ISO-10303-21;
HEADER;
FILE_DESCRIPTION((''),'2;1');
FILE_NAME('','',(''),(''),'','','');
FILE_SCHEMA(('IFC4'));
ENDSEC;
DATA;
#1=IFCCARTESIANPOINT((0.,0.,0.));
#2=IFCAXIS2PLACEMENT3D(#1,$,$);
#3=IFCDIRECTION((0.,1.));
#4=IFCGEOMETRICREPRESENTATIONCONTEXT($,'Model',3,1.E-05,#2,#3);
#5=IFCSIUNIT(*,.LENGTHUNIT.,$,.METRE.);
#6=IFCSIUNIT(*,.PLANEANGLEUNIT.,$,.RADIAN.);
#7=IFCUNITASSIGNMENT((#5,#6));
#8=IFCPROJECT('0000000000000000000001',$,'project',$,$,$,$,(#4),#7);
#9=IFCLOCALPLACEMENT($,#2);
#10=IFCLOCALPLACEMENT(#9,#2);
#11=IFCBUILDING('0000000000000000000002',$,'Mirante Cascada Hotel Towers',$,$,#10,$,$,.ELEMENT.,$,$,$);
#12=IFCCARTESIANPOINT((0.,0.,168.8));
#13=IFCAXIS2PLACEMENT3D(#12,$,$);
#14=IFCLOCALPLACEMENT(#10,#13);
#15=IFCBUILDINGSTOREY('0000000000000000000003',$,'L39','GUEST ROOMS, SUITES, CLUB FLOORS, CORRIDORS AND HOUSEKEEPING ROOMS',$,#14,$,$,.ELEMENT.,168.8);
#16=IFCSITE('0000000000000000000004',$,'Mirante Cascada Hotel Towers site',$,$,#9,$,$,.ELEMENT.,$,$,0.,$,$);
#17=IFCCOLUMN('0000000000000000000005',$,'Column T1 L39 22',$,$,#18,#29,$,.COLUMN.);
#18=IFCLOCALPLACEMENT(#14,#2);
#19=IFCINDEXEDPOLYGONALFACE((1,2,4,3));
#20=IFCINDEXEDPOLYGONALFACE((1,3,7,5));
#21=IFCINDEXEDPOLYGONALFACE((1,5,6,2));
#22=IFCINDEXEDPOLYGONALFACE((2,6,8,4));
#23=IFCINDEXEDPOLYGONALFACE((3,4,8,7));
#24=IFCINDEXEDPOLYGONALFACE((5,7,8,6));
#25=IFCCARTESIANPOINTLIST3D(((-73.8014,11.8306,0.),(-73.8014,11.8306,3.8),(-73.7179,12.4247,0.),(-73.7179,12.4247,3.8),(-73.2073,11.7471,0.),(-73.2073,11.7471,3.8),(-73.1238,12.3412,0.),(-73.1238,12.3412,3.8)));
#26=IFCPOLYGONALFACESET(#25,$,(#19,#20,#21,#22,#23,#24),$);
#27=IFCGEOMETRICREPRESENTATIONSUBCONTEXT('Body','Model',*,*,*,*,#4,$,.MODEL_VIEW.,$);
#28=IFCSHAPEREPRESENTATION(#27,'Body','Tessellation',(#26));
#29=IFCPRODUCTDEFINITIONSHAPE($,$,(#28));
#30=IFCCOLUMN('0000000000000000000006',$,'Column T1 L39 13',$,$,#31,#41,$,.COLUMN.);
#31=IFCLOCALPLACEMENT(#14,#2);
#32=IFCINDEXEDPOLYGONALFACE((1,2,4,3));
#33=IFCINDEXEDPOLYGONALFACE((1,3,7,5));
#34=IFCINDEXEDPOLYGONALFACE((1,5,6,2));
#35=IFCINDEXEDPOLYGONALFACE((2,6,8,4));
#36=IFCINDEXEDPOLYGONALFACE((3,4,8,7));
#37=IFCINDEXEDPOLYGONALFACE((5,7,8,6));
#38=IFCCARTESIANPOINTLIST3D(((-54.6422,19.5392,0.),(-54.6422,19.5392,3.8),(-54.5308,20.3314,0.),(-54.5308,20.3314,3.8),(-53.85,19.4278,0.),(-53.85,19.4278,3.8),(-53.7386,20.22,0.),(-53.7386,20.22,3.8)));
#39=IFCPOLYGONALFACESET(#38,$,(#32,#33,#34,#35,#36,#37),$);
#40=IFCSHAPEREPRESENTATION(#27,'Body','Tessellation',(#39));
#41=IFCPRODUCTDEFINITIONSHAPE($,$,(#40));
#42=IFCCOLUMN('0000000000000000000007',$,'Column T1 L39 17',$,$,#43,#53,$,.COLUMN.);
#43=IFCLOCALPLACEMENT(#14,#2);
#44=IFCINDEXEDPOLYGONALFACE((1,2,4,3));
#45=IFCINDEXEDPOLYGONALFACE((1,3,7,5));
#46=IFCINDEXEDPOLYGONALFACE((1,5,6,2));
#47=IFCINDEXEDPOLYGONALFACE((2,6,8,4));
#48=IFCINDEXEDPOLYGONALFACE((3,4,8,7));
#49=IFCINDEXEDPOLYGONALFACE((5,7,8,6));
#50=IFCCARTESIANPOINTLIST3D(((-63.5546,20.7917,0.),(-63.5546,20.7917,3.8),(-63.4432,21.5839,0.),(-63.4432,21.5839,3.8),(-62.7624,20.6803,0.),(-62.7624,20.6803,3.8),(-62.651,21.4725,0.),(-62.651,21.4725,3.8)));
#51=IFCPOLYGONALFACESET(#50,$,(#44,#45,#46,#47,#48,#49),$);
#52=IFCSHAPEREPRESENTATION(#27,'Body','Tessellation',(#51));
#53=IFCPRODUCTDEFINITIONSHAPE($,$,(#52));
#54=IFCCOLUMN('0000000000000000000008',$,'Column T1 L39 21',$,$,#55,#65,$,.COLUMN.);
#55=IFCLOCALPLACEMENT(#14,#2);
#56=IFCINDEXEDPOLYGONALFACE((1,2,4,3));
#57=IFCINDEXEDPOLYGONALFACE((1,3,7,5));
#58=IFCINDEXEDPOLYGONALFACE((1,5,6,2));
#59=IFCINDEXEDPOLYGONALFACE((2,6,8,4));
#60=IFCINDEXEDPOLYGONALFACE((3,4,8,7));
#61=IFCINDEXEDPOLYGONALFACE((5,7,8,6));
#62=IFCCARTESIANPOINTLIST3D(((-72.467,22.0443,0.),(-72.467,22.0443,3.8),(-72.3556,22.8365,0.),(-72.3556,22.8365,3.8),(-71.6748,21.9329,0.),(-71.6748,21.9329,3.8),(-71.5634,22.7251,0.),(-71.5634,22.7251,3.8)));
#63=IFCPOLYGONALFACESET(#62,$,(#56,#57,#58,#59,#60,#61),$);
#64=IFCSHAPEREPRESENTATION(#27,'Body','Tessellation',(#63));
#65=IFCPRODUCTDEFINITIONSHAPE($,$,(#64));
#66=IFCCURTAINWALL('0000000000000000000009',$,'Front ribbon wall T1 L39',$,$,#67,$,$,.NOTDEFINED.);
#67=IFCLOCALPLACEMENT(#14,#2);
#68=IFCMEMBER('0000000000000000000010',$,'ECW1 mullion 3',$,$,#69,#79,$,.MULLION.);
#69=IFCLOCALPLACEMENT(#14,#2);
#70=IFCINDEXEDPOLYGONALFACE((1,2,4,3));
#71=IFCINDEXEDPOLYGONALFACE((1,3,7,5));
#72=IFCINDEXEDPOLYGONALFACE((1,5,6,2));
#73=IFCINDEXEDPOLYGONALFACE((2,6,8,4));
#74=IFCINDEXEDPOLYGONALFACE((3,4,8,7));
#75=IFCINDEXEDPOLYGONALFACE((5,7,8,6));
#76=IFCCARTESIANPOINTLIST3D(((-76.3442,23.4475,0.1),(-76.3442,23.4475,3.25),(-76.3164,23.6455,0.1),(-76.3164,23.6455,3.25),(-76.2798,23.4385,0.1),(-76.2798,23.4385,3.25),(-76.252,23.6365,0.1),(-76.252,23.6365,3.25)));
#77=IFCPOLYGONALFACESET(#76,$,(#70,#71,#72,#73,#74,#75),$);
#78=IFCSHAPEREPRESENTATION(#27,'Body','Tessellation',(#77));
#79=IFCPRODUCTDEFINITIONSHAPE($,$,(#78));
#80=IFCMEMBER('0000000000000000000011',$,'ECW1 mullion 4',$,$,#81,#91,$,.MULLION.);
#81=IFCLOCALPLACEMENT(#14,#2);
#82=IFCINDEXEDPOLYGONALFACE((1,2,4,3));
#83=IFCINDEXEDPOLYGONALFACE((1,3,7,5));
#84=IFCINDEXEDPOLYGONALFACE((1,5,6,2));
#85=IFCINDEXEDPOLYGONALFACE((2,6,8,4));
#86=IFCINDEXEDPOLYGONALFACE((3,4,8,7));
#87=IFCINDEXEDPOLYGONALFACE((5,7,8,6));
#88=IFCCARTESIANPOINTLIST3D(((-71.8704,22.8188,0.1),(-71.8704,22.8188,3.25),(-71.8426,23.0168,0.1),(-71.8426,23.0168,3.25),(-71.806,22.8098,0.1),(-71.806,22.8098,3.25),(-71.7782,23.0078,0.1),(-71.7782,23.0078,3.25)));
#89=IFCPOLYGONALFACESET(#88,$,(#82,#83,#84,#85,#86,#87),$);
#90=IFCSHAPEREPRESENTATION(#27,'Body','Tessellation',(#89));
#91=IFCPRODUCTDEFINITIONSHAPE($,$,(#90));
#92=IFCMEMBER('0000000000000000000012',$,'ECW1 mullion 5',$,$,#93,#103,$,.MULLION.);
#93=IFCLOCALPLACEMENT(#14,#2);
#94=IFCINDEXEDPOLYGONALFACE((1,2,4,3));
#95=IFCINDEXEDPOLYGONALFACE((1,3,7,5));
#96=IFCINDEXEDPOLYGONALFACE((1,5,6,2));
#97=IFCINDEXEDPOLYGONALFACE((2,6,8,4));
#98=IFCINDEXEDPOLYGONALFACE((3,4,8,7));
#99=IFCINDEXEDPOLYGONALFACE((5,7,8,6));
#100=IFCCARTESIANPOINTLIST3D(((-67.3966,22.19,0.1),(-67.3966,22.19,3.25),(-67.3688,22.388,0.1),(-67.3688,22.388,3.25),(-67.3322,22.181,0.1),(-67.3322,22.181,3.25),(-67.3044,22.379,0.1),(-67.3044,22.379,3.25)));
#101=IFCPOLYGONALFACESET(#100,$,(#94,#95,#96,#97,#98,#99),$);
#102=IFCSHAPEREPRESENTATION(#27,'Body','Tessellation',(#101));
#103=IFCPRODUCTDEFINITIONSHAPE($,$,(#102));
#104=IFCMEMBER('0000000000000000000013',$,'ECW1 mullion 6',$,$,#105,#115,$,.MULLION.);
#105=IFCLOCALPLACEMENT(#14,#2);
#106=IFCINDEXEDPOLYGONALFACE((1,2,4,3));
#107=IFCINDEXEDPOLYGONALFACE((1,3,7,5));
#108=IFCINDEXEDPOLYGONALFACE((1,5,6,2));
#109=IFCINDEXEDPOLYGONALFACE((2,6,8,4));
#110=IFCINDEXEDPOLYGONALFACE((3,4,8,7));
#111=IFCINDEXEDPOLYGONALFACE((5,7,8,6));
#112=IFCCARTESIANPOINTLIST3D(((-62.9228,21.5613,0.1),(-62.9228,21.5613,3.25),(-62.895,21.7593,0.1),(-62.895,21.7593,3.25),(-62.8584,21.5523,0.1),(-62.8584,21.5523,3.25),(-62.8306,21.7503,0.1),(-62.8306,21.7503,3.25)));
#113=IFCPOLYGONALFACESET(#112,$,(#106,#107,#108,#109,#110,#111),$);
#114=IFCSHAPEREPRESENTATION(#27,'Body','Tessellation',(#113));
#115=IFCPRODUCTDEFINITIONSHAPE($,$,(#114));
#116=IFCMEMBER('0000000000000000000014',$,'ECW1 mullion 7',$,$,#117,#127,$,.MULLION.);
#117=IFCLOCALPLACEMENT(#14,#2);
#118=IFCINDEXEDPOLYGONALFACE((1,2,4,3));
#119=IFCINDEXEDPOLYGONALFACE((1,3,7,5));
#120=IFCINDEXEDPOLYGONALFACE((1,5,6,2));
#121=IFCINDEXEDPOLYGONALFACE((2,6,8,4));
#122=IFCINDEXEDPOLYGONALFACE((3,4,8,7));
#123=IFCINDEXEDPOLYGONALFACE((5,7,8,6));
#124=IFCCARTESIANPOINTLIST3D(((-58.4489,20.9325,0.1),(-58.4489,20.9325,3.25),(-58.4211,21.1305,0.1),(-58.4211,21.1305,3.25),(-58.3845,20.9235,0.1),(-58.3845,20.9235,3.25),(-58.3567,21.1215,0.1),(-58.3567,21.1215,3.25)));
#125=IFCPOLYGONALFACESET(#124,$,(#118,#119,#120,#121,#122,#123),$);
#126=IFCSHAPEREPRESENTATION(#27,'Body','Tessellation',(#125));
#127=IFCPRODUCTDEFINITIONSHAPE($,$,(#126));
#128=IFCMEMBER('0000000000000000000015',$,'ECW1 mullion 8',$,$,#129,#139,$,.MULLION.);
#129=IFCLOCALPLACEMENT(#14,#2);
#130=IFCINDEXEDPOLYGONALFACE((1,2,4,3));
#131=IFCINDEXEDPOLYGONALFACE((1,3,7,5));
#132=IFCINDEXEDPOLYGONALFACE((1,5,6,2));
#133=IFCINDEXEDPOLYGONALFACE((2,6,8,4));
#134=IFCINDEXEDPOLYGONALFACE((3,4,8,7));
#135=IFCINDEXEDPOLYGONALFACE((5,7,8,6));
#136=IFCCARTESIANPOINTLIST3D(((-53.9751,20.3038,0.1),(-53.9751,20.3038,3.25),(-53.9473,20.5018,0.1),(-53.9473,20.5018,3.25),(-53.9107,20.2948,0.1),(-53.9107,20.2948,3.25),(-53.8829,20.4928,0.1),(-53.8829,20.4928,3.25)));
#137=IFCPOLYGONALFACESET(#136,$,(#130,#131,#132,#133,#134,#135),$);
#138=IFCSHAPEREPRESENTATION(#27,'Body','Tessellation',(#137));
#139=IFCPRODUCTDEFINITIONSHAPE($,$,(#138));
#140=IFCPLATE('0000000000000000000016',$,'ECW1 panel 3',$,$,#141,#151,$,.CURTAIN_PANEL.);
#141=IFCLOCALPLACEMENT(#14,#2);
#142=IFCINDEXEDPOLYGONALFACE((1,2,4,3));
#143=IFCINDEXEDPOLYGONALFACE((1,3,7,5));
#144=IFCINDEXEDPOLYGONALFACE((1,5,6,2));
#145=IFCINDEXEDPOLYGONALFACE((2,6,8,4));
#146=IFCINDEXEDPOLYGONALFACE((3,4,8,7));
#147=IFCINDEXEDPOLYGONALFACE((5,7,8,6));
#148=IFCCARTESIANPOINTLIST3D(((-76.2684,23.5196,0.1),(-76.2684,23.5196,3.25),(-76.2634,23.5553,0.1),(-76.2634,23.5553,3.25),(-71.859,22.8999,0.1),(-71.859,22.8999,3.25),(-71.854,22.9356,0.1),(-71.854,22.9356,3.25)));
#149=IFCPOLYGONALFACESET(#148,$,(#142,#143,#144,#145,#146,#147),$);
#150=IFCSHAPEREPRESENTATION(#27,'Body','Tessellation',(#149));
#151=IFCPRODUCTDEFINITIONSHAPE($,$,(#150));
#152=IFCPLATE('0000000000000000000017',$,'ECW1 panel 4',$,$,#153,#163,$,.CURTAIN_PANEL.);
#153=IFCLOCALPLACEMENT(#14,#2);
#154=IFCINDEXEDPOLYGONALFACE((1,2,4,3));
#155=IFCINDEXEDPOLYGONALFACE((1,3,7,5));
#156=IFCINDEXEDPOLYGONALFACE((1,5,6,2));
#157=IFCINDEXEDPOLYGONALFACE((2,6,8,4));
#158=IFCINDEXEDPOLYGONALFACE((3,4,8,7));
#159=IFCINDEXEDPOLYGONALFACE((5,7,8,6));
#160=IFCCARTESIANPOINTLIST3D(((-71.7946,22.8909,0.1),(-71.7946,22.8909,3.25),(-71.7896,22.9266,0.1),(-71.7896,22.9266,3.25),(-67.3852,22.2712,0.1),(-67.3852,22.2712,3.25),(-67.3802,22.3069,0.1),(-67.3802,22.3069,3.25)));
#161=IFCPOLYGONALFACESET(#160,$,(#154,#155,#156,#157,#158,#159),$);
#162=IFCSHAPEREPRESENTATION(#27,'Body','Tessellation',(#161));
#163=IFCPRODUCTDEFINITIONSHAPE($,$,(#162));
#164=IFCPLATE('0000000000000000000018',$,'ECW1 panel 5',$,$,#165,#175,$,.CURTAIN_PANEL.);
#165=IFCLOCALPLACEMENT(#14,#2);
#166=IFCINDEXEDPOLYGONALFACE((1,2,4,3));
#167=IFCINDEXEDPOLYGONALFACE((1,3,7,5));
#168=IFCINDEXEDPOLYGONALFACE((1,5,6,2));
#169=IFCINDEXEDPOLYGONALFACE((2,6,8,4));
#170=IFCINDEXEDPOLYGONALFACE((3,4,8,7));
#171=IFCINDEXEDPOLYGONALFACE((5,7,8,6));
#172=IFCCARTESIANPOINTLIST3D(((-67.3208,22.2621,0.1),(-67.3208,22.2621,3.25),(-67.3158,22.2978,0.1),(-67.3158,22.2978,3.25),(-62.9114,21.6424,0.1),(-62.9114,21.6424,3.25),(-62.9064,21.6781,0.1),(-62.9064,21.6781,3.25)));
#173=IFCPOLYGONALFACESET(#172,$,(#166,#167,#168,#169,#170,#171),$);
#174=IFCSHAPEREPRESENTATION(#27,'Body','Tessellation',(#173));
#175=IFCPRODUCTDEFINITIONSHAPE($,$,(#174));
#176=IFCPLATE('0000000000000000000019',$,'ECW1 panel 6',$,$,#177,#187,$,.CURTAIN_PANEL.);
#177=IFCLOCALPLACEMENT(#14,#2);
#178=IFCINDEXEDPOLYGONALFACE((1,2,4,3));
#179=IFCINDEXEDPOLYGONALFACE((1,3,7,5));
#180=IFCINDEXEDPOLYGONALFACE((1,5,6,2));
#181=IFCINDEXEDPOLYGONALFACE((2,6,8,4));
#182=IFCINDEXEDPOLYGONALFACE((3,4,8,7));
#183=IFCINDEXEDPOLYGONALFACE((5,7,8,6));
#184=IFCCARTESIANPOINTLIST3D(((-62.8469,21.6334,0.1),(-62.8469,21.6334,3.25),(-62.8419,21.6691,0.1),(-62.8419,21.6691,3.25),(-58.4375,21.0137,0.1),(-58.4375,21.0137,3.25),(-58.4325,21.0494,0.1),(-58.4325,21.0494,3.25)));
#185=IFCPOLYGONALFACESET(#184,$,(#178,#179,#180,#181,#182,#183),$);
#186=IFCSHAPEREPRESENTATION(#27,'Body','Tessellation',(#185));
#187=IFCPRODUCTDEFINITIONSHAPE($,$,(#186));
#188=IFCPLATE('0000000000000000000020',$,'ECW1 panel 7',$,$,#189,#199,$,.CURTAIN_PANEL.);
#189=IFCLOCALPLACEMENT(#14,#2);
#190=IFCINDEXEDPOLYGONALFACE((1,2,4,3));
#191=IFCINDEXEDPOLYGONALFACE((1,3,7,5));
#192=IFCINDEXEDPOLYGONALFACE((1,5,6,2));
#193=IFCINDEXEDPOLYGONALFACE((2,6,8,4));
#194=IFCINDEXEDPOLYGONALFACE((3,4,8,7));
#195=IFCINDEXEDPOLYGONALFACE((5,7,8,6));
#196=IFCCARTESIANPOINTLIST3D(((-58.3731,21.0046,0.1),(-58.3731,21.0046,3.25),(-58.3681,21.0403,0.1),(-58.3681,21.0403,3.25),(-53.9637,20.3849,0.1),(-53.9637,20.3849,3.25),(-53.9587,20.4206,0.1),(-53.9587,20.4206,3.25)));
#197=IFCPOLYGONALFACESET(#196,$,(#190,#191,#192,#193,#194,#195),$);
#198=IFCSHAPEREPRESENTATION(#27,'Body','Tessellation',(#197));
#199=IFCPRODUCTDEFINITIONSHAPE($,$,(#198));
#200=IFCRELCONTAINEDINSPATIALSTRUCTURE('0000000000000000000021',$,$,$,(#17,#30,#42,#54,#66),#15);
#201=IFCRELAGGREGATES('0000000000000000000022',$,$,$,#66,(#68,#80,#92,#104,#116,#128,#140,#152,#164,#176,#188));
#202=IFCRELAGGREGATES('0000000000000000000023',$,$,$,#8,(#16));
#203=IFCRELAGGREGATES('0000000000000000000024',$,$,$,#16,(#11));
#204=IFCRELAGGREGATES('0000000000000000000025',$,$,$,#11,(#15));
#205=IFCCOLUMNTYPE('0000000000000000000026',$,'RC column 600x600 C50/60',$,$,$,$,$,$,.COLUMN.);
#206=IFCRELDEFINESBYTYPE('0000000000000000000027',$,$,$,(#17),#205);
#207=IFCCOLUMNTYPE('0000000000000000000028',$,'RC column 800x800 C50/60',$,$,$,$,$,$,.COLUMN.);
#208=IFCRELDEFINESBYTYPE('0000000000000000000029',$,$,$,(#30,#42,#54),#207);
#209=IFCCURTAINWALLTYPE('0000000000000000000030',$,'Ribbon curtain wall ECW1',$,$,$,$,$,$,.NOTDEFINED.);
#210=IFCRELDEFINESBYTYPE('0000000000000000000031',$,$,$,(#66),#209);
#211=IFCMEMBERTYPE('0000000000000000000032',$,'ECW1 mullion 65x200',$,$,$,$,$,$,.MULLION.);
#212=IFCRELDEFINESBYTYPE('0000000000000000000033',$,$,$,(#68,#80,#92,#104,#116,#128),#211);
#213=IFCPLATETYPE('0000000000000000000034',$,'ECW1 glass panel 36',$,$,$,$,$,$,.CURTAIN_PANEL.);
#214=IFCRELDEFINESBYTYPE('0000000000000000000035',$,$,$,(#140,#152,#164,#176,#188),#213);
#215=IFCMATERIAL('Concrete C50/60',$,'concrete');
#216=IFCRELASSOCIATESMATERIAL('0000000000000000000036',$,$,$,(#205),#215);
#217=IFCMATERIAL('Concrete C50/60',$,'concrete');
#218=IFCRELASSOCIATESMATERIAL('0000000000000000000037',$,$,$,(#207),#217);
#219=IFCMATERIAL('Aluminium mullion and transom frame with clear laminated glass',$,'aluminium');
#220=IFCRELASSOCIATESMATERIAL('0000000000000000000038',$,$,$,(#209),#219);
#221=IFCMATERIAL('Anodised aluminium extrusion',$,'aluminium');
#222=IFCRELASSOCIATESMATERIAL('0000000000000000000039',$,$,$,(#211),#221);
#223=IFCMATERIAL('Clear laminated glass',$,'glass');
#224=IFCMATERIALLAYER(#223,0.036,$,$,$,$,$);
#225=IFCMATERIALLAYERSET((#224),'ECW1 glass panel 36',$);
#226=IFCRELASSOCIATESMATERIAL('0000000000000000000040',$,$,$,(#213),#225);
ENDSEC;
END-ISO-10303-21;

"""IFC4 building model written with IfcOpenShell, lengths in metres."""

from ifc_helpers import new_model, si_unit, direction, frame, origin, origin_2d, place, context, subcontext, project, spatial, rectangle, extrude, material, layer, layer_set, material_profile, profile_set, type_object, element, aggregate, save


model = new_model("IFC4")

# Units and contexts
model_context = context("Model", 3, precision=1e-05, world=origin(), true_north=direction((0.0, 1.0)))
body_context = subcontext(model_context, "Body", "Model", "MODEL_VIEW")
ifc_project = project(units=[si_unit("LENGTHUNIT", "METRE"), si_unit("PLANEANGLEUNIT", "RADIAN")], contexts=[model_context])

# Site, building, storey
site_placement = place(None, origin())
site = spatial("IfcSite", under=ifc_project, at=site_placement, Name="Mirante Cascada Hotel Towers site", CompositionType="ELEMENT", RefElevation=0.0)
building_placement = place(site_placement, origin())
building = spatial("IfcBuilding", under=site, at=building_placement, Name="Mirante Cascada Hotel Towers", CompositionType="ELEMENT")
storey_placement = place(building_placement, frame((0.0, 0.0, 168.8)))
storey = spatial("IfcBuildingStorey", under=building, at=storey_placement, Name="L39", Description="GUEST ROOMS, SUITES, CLUB FLOORS, CORRIDORS AND HOUSEKEEPING ROOMS", CompositionType="ELEMENT", Elevation=168.8)

# Columns
ifc_material_1 = material(Name="Concrete C50/60", Category="concrete")
ifc_material_profile_1 = material_profile(ifc_material_1, rectangle(XDim=0.6, YDim=0.6, at=origin_2d()), Name="RC column 600x600 C50/60")
ifc_profile_set_1 = profile_set([ifc_material_profile_1], Name="Concrete C50/60")
column_type_1 = type_object("IfcColumnType", Name="RC column 600x600 C50/60", PredefinedType="COLUMN", material=ifc_profile_set_1)
column_placement = place(storey_placement, frame((-73.4626, 12.0859, 0.0), z_axis=(0.0, 0.0, 1.0), x_axis=(-0.990268, 0.139173, 0.0)))
element("IfcColumn", 1, at=column_placement, inside=storey, type_object=column_type_1, Name="Column T1 L39 22", PredefinedType="COLUMN", context=body_context, shape_type="SweptSolid", body=[
    extrude(rectangle(XDim=0.6, YDim=0.6, at=origin_2d()), origin(), (0.0, 0.0, 1.0), 3.8),
])
ifc_material_2 = material(Name="Concrete C50/60", Category="concrete")
ifc_material_profile_2 = material_profile(ifc_material_2, rectangle(XDim=0.8, YDim=0.8, at=origin_2d()), Name="RC column 800x800 C50/60")
ifc_profile_set_2 = profile_set([ifc_material_profile_2], Name="Concrete C50/60")
column_type_2 = type_object("IfcColumnType", Name="RC column 800x800 C50/60", PredefinedType="COLUMN", material=ifc_profile_set_2)
for number, where, z_axis, x_axis, name in (
    (2, (-54.1904, 19.8796, 0.0), (0.0, 0.0, 1.0), (-0.990268, 0.139173, 0.0), "Column T1 L39 13"),
    (3, (-63.1028, 21.1321, 0.0), (0.0, 0.0, 1.0), (-0.990268, 0.139173, 0.0), "Column T1 L39 17"),
    (4, (-72.0152, 22.3847, 0.0), (0.0, 0.0, 1.0), (-0.990268, 0.139173, 0.0), "Column T1 L39 21"),
):
    element("IfcColumn", number, at=place(storey_placement, frame(where, z_axis=z_axis, x_axis=x_axis)), inside=storey, type_object=column_type_2, Name=name, PredefinedType="COLUMN", context=body_context, shape_type="SweptSolid", body=[
        extrude(rectangle(XDim=0.8, YDim=0.8, at=origin_2d()), origin(), (0.0, 0.0, 1.0), 3.8),
    ])

# Curtain wall, members, plates
ifc_material_3 = material(Name="Aluminium mullion and transom frame with clear laminated glass", Category="aluminium")
curtain_wall_type = type_object("IfcCurtainWallType", Name="Ribbon curtain wall ECW1", PredefinedType="NOTDEFINED", material=ifc_material_3)
curtain_wall_placement = place(storey_placement, origin())
curtain_wall = element("IfcCurtainWall", 5, at=curtain_wall_placement, inside=storey, type_object=curtain_wall_type, Name="Front ribbon wall T1 L39", PredefinedType="NOTDEFINED")
ifc_material_4 = material(Name="Anodised aluminium extrusion", Category="aluminium")
ifc_material_profile_3 = material_profile(ifc_material_4, rectangle(XDim=0.2, YDim=0.065, at=origin_2d()), Name="ECW1 MULLION 65x200")
ifc_profile_set_3 = profile_set([ifc_material_profile_3], Name="Anodised aluminium extrusion")
member_type = type_object("IfcMemberType", Name="ECW1 mullion 65x200", PredefinedType="MULLION", material=ifc_profile_set_3)
member_1_placement = place(storey_placement, frame((-76.2981, 23.542, 0.1), z_axis=(0.0, 0.0, 1.0), x_axis=(0.139173, 0.990268, 0.0)))
member_1 = element("IfcMember", 6, at=member_1_placement, type_object=member_type, Name="ECW1 mullion 3", PredefinedType="MULLION", context=body_context, shape_type="SweptSolid", body=[
    extrude(rectangle(XDim=0.2, YDim=0.065, at=origin_2d()), origin(), (0.0, 0.0, 1.0), 3.15),
])
member_2_placement = place(storey_placement, frame((-71.8243, 22.9133, 0.1), z_axis=(0.0, 0.0, 1.0), x_axis=(0.139173, 0.990268, 0.0)))
member_2 = element("IfcMember", 7, at=member_2_placement, type_object=member_type, Name="ECW1 mullion 4", PredefinedType="MULLION", context=body_context, shape_type="SweptSolid", body=[
    extrude(rectangle(XDim=0.2, YDim=0.065, at=origin_2d()), origin(), (0.0, 0.0, 1.0), 3.15),
])
member_3_placement = place(storey_placement, frame((-67.3505, 22.2845, 0.1), z_axis=(0.0, 0.0, 1.0), x_axis=(0.139173, 0.990268, 0.0)))
member_3 = element("IfcMember", 8, at=member_3_placement, type_object=member_type, Name="ECW1 mullion 5", PredefinedType="MULLION", context=body_context, shape_type="SweptSolid", body=[
    extrude(rectangle(XDim=0.2, YDim=0.065, at=origin_2d()), origin(), (0.0, 0.0, 1.0), 3.15),
])
member_4_placement = place(storey_placement, frame((-62.8767, 21.6558, 0.1), z_axis=(0.0, 0.0, 1.0), x_axis=(0.139173, 0.990268, 0.0)))
member_4 = element("IfcMember", 9, at=member_4_placement, type_object=member_type, Name="ECW1 mullion 6", PredefinedType="MULLION", context=body_context, shape_type="SweptSolid", body=[
    extrude(rectangle(XDim=0.2, YDim=0.065, at=origin_2d()), origin(), (0.0, 0.0, 1.0), 3.15),
])
member_5_placement = place(storey_placement, frame((-58.4028, 21.027, 0.1), z_axis=(0.0, 0.0, 1.0), x_axis=(0.139173, 0.990268, 0.0)))
member_5 = element("IfcMember", 10, at=member_5_placement, type_object=member_type, Name="ECW1 mullion 7", PredefinedType="MULLION", context=body_context, shape_type="SweptSolid", body=[
    extrude(rectangle(XDim=0.2, YDim=0.065, at=origin_2d()), origin(), (0.0, 0.0, 1.0), 3.15),
])
member_6_placement = place(storey_placement, frame((-53.929, 20.3983, 0.1), z_axis=(0.0, 0.0, 1.0), x_axis=(0.139173, 0.990268, 0.0)))
member_6 = element("IfcMember", 11, at=member_6_placement, type_object=member_type, Name="ECW1 mullion 8", PredefinedType="MULLION", context=body_context, shape_type="SweptSolid", body=[
    extrude(rectangle(XDim=0.2, YDim=0.065, at=origin_2d()), origin(), (0.0, 0.0, 1.0), 3.15),
])
ifc_material_5 = material(Name="Clear laminated glass", Category="glass")
ifc_layer_1 = layer(ifc_material_5, 0.036)
ifc_layer_set_1 = layer_set([ifc_layer_1], Name="ECW1 glass panel 36")
plate_type = type_object("IfcPlateType", Name="ECW1 glass panel 36", PredefinedType="CURTAIN_PANEL", material=ifc_layer_set_1)
plate_1_placement = place(storey_placement, frame((-74.0612, 23.2276, 0.1), z_axis=(0.0, 0.0, 1.0), x_axis=(0.990268, -0.139173, 0.0)))
plate_1 = element("IfcPlate", 12, at=plate_1_placement, type_object=plate_type, Name="ECW1 panel 3", PredefinedType="CURTAIN_PANEL", context=body_context, shape_type="SweptSolid", body=[
    extrude(rectangle(XDim=4.4528, YDim=0.036, at=origin_2d()), origin(), (0.0, 0.0, 1.0), 3.15),
])
plate_2_placement = place(storey_placement, frame((-69.5874, 22.5989, 0.1), z_axis=(0.0, 0.0, 1.0), x_axis=(0.990268, -0.139173, 0.0)))
plate_2 = element("IfcPlate", 13, at=plate_2_placement, type_object=plate_type, Name="ECW1 panel 4", PredefinedType="CURTAIN_PANEL", context=body_context, shape_type="SweptSolid", body=[
    extrude(rectangle(XDim=4.4528, YDim=0.036, at=origin_2d()), origin(), (0.0, 0.0, 1.0), 3.15),
])
plate_3_placement = place(storey_placement, frame((-65.1136, 21.9701, 0.1), z_axis=(0.0, 0.0, 1.0), x_axis=(0.990268, -0.139173, 0.0)))
plate_3 = element("IfcPlate", 14, at=plate_3_placement, type_object=plate_type, Name="ECW1 panel 5", PredefinedType="CURTAIN_PANEL", context=body_context, shape_type="SweptSolid", body=[
    extrude(rectangle(XDim=4.4528, YDim=0.036, at=origin_2d()), origin(), (0.0, 0.0, 1.0), 3.15),
])
plate_4_placement = place(storey_placement, frame((-60.6397, 21.3414, 0.1), z_axis=(0.0, 0.0, 1.0), x_axis=(0.990268, -0.139173, 0.0)))
plate_4 = element("IfcPlate", 15, at=plate_4_placement, type_object=plate_type, Name="ECW1 panel 6", PredefinedType="CURTAIN_PANEL", context=body_context, shape_type="SweptSolid", body=[
    extrude(rectangle(XDim=4.4528, YDim=0.036, at=origin_2d()), origin(), (0.0, 0.0, 1.0), 3.15),
])
plate_5_placement = place(storey_placement, frame((-56.1659, 20.7126, 0.1), z_axis=(0.0, 0.0, 1.0), x_axis=(0.990268, -0.139173, 0.0)))
plate_5 = element("IfcPlate", 16, at=plate_5_placement, type_object=plate_type, Name="ECW1 panel 7", PredefinedType="CURTAIN_PANEL", context=body_context, shape_type="SweptSolid", body=[
    extrude(rectangle(XDim=4.4528, YDim=0.036, at=origin_2d()), origin(), (0.0, 0.0, 1.0), 3.15),
])
aggregate(curtain_wall, [member_1, member_2, member_3, member_4, member_5, member_6, plate_1, plate_2, plate_3, plate_4, plate_5])

save(model, "model.ifc")
